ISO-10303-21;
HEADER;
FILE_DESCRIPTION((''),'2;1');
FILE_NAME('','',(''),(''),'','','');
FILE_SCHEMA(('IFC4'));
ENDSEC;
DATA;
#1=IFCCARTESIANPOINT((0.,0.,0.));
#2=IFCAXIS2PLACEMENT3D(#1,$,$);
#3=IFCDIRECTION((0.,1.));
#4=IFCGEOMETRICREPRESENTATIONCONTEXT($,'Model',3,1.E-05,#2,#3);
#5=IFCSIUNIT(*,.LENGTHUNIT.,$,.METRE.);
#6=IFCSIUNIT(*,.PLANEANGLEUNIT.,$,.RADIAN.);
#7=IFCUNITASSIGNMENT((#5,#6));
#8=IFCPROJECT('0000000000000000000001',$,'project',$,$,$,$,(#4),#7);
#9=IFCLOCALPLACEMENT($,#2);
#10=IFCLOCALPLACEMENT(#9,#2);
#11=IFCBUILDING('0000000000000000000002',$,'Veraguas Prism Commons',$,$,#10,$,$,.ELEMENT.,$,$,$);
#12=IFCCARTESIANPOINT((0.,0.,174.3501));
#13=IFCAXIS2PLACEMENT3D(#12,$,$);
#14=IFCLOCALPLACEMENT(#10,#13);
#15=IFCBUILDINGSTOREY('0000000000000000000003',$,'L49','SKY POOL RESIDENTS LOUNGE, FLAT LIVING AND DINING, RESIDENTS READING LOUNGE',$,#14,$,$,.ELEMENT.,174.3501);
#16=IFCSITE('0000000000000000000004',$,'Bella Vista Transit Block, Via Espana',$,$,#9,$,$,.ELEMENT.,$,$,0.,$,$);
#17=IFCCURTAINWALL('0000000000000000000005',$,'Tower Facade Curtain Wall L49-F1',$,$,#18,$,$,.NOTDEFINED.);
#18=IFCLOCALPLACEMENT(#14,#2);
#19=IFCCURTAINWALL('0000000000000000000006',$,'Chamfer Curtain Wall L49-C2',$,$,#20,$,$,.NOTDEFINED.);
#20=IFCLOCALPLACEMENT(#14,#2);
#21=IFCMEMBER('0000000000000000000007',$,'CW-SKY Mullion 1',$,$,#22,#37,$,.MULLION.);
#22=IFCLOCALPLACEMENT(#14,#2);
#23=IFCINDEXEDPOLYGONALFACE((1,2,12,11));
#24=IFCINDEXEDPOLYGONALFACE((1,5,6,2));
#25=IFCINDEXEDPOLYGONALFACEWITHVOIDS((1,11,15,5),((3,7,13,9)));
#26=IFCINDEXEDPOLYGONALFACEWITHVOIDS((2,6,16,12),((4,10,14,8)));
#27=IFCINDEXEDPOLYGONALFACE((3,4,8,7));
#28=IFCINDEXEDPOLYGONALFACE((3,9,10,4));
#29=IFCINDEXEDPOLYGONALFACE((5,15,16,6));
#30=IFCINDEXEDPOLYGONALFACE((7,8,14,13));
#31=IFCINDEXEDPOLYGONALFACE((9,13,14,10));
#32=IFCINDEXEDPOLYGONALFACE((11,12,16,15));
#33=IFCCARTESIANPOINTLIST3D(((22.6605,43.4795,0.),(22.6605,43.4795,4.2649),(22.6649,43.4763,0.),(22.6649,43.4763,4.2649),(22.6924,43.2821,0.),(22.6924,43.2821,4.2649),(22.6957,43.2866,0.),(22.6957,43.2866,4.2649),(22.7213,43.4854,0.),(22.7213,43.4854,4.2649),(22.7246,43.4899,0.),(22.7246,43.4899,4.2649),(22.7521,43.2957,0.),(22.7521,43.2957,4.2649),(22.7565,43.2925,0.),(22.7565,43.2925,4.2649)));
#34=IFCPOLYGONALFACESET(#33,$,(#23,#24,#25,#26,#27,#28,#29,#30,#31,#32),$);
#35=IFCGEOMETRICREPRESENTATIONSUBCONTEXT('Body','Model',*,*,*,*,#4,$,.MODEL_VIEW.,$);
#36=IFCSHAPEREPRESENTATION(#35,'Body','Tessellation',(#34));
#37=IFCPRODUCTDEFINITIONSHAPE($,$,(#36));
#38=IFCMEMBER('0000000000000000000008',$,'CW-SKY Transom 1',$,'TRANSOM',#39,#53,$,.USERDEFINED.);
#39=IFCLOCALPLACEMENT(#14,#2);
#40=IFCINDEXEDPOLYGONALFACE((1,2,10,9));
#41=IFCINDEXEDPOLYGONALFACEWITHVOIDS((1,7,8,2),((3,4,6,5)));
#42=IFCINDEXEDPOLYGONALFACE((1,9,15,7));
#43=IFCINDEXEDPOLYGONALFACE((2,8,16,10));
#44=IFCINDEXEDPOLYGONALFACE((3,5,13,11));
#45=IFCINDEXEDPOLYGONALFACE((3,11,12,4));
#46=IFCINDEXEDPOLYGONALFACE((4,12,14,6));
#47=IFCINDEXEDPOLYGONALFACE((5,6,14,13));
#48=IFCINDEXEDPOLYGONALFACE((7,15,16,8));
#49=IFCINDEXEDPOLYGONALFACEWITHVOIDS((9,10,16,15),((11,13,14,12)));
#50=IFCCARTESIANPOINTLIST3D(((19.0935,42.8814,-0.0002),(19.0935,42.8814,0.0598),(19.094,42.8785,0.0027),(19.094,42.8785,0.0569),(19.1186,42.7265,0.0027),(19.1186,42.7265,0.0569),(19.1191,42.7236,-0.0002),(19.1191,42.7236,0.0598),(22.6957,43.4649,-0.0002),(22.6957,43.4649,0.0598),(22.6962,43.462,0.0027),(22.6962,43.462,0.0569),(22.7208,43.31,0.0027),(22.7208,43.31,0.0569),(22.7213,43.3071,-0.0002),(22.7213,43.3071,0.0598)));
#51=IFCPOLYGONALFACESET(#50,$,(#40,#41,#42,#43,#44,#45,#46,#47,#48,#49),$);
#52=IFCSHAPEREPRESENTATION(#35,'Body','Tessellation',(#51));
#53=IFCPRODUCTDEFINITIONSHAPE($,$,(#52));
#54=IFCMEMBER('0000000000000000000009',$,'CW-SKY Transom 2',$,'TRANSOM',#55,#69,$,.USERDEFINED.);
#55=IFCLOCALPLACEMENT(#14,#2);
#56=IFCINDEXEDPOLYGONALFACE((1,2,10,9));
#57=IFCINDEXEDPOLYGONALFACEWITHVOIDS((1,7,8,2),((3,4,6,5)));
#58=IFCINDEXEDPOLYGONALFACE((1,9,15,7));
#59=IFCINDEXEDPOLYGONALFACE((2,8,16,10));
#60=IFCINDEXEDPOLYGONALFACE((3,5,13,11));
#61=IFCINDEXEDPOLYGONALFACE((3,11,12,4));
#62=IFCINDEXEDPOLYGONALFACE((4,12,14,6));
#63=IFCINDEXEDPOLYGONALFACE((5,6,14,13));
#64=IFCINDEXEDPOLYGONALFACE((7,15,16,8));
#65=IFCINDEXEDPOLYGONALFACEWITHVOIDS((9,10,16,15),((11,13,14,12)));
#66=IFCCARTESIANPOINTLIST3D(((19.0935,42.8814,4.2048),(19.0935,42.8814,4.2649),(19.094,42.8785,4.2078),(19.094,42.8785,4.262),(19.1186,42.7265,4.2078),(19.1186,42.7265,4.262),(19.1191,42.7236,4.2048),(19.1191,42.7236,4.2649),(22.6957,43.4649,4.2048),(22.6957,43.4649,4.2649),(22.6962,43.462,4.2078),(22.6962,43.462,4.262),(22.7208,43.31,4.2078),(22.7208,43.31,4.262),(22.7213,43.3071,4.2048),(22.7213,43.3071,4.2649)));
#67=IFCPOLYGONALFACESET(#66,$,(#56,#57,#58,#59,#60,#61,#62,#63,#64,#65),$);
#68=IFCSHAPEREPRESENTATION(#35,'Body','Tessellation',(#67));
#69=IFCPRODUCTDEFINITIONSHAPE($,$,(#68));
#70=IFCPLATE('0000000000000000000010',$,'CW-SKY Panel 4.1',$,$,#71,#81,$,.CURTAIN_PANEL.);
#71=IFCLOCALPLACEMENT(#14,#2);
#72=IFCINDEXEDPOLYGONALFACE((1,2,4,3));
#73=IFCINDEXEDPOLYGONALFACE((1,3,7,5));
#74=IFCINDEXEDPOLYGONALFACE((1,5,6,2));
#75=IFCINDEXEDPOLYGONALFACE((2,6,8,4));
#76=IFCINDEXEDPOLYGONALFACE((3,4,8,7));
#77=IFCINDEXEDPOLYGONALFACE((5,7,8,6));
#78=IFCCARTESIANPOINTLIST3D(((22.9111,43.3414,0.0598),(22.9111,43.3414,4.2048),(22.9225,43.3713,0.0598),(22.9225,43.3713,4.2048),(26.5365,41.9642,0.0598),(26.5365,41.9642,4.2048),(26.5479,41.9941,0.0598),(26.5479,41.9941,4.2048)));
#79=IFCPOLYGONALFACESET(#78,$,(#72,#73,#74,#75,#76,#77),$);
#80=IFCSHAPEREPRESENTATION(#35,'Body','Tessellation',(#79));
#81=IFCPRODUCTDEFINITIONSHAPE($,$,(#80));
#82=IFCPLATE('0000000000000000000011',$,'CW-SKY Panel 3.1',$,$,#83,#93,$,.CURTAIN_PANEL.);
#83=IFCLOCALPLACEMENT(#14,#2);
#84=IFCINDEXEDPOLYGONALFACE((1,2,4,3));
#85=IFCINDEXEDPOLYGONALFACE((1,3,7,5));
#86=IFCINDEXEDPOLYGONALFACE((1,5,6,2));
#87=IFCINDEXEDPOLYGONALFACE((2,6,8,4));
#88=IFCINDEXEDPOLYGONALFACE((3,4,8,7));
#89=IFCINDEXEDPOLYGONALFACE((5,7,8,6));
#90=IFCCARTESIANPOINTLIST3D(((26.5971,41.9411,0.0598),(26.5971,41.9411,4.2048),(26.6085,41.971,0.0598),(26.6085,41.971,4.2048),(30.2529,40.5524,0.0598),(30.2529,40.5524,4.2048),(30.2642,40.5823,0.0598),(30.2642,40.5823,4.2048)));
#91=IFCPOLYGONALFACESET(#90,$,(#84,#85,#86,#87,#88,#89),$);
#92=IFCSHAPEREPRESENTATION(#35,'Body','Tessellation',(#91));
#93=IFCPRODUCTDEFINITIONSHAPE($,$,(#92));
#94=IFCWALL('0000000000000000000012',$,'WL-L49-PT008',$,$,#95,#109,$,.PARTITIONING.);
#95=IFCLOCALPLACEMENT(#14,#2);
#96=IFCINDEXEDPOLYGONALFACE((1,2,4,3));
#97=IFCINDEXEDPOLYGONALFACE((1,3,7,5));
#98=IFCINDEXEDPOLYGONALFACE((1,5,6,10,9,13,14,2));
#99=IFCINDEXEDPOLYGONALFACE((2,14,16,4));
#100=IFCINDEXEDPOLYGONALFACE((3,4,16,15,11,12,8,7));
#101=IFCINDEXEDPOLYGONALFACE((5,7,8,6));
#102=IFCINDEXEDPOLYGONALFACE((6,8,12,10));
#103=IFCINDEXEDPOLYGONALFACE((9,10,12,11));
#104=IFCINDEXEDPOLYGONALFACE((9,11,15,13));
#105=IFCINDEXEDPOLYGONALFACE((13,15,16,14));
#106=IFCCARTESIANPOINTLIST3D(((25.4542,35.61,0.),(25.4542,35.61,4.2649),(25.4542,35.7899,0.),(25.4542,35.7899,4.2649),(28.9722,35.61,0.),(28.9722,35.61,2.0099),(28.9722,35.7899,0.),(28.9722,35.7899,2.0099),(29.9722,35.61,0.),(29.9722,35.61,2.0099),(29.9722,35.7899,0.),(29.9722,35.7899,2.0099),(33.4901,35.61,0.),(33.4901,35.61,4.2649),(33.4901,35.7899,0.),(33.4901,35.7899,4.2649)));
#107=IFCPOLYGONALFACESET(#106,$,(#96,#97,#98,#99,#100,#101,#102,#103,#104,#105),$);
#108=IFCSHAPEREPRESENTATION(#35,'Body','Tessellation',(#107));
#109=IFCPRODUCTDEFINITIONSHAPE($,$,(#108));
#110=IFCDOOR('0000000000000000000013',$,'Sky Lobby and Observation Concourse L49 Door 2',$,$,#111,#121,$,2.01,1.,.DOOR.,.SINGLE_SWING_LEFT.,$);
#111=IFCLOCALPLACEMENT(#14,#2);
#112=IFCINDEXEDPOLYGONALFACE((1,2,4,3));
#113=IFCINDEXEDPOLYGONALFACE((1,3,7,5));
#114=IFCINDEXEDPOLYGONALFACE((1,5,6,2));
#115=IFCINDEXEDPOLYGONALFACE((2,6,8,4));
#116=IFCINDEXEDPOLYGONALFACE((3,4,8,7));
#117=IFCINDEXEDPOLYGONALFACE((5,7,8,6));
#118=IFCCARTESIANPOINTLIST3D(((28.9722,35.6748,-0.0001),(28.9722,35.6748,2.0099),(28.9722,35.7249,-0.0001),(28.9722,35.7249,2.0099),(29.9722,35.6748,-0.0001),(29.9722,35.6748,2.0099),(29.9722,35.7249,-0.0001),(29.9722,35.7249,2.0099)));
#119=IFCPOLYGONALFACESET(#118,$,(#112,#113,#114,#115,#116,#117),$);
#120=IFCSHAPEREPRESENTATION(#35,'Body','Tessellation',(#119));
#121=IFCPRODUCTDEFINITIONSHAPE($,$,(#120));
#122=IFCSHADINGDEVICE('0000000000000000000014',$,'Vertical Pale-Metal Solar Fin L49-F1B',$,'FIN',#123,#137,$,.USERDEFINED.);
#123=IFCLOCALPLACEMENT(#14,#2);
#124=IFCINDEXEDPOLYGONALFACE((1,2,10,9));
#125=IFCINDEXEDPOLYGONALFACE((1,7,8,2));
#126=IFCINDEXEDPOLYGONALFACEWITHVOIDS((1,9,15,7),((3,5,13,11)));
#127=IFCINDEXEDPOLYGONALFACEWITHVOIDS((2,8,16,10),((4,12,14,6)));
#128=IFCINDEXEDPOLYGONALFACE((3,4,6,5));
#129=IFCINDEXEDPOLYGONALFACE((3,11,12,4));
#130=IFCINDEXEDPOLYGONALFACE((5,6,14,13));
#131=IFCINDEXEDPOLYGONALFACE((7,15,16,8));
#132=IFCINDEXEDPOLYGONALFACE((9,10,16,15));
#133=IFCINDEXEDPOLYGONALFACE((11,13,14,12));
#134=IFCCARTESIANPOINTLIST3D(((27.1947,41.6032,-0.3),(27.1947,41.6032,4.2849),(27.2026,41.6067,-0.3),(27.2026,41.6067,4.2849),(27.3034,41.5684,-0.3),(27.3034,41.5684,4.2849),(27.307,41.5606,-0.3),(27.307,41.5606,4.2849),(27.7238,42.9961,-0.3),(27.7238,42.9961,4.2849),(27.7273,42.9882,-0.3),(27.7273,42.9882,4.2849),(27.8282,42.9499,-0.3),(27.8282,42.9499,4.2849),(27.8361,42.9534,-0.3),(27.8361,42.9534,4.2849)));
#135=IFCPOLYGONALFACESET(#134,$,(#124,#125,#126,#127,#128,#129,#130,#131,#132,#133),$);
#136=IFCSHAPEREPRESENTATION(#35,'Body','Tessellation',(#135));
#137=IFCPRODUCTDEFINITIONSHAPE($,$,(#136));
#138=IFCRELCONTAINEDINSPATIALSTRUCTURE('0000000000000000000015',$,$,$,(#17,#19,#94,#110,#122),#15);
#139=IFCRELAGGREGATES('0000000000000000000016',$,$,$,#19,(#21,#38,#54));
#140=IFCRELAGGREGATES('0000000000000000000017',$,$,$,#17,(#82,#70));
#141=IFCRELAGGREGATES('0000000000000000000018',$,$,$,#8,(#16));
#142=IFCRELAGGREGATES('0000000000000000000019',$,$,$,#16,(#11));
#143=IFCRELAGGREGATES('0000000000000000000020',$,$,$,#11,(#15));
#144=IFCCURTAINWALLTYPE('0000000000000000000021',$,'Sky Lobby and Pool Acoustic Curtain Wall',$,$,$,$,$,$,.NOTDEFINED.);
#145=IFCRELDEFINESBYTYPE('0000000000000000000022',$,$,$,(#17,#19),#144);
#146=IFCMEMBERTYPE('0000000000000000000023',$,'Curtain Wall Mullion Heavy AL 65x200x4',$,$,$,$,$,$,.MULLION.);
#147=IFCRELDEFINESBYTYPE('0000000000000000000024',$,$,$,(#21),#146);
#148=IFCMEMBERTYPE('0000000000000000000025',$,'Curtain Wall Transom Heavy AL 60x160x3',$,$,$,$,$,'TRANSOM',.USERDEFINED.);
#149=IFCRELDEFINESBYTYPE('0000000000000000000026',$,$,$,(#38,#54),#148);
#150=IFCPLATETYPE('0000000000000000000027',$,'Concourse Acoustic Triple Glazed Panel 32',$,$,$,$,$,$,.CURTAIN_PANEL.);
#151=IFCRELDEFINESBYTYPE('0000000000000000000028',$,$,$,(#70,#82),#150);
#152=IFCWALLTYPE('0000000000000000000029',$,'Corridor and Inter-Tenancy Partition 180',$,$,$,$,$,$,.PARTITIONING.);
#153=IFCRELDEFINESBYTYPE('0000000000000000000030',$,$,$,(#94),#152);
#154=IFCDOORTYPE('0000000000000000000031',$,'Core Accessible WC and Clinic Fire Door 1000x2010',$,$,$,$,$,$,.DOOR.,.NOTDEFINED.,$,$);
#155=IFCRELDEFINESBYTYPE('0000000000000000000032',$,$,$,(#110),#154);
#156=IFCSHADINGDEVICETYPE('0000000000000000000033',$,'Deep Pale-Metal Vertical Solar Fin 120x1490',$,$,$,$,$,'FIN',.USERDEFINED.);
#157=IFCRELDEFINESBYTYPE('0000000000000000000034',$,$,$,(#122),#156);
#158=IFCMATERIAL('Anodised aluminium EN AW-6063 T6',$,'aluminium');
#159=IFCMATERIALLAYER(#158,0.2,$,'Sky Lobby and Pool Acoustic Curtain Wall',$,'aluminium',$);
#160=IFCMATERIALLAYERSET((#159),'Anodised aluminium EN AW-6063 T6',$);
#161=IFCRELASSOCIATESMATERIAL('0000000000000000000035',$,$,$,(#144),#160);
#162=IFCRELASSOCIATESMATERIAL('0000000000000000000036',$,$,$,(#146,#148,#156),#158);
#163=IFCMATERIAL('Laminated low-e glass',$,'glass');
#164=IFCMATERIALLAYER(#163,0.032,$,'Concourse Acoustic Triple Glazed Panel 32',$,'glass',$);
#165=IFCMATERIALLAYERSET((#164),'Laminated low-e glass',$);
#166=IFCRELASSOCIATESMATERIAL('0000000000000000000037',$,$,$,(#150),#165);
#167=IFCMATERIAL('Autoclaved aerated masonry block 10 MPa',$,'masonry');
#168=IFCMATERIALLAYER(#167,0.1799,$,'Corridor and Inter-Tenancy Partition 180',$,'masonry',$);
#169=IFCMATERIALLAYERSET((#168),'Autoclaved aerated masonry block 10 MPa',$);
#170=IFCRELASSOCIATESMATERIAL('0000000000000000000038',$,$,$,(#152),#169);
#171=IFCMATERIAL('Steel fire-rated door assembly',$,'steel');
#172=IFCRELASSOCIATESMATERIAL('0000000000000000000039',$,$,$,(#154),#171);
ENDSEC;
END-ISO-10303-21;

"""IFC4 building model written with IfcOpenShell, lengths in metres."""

from ifc_helpers import new_model, si_unit, direction, frame, frame_2d, origin, origin_2d, place, context, subcontext, project, spatial, rectangle, hollow_rectangle, extrude, source, transform, mapped, material, layer, layer_set, material_profile, profile_set, type_object, element, fill, aggregate, save


model = new_model("IFC4")

# Units and contexts
model_context = context("Model", 3, precision=1e-05, world=origin(), true_north=direction((0.0, 1.0)))
body_context = subcontext(model_context, "Body", "Model", "MODEL_VIEW")
ifc_project = project(units=[si_unit("LENGTHUNIT", "METRE"), si_unit("PLANEANGLEUNIT", "RADIAN")], contexts=[model_context])

# Site, building, storey
site_placement = place(None, origin())
site = spatial("IfcSite", under=ifc_project, at=site_placement, Name="Bella Vista Transit Block, Via Espana", CompositionType="ELEMENT", RefElevation=0.0)
building_placement = place(site_placement, origin())
building = spatial("IfcBuilding", under=site, at=building_placement, Name="Veraguas Prism Commons", CompositionType="ELEMENT")
storey_placement = place(building_placement, frame((0.0, 0.0, 174.3501)))
storey = spatial("IfcBuildingStorey", under=building, at=storey_placement, Name="L49", Description="SKY POOL RESIDENTS LOUNGE, FLAT LIVING AND DINING, RESIDENTS READING LOUNGE", CompositionType="ELEMENT", Elevation=174.3501)

# Curtain walls, members
ifc_material_1 = material(Name="Anodised aluminium EN AW-6063 T6", Category="aluminium")
ifc_layer_1 = layer(ifc_material_1, 0.2, Name="Sky Lobby and Pool Acoustic Curtain Wall", Category="aluminium")
ifc_layer_set_1 = layer_set([ifc_layer_1], Name="Anodised aluminium EN AW-6063 T6")
curtain_wall_type = type_object("IfcCurtainWallType", Name="Sky Lobby and Pool Acoustic Curtain Wall", PredefinedType="NOTDEFINED", material=ifc_layer_set_1)
curtain_wall_1_placement = place(storey_placement, origin())
curtain_wall_1 = element("IfcCurtainWall", 1, at=curtain_wall_1_placement, inside=storey, type_object=curtain_wall_type, Name="Tower Facade Curtain Wall L49-F1", PredefinedType="NOTDEFINED")
ifc_material_profile_1 = material_profile(ifc_material_1, hollow_rectangle(XDim=0.0649, YDim=0.2, WallThickness=0.0039, at=origin_2d()), Name="AL65X200X4")
ifc_profile_set_1 = profile_set([ifc_material_profile_1], Name="Anodised aluminium EN AW-6063 T6")
member_type_1 = type_object("IfcMemberType", Name="Curtain Wall Mullion Heavy AL 65x200x4", PredefinedType="MULLION", material=ifc_profile_set_1)
shared_shape_1 = source(origin(), body_context, "Body", "SweptSolid", [
    extrude(hollow_rectangle(XDim=0.0649, YDim=0.2, WallThickness=0.0039, at=origin_2d()), origin(), (0.0, 0.0, 1.0), 4.2649),
])
curtain_wall_2_placement = place(storey_placement, origin())
curtain_wall_2 = element("IfcCurtainWall", 2, at=curtain_wall_2_placement, inside=storey, type_object=curtain_wall_type, Name="Chamfer Curtain Wall L49-C2", PredefinedType="NOTDEFINED")
member_1_placement = place(storey_placement, frame((22.7085, 43.386, 0.0), z_axis=(0.0, 0.0, 1.0), x_axis=(-0.987139, -0.159866, 0.0)))
member_1 = element("IfcMember", 3, at=member_1_placement, type_object=member_type_1, Name="CW-SKY Mullion 1", PredefinedType="MULLION", context=body_context, shape_type="MappedRepresentation", body=[
    mapped(shared_shape_1, transform((0.0, 0.0, 0.0), scale=1.0)),
])
ifc_material_profile_2 = material_profile(ifc_material_1, hollow_rectangle(XDim=0.0601, YDim=0.1599, WallThickness=0.0029, at=origin_2d()), Name="AL60X160X3")
ifc_profile_set_2 = profile_set([ifc_material_profile_2], Name="Anodised aluminium EN AW-6063 T6")
member_type_2 = type_object("IfcMemberType", Name="Curtain Wall Transom Heavy AL 60x160x3", ElementType="TRANSOM", PredefinedType="USERDEFINED", material=ifc_profile_set_2)
shared_shape_2 = source(origin(), body_context, "Body", "SweptSolid", [
    extrude(hollow_rectangle(XDim=0.0601, YDim=0.1599, WallThickness=0.0029, at=origin_2d()), origin(), (0.0, 0.0, 1.0), 3.6492),
])
member_2_placement = place(storey_placement, frame((22.7085, 43.386, 0.0298), z_axis=(-0.987134, -0.159895, 0.0), x_axis=(0.0, 0.0, 1.0)))
member_2 = element("IfcMember", 4, at=member_2_placement, type_object=member_type_2, Name="CW-SKY Transom 1", ObjectType="TRANSOM", PredefinedType="USERDEFINED", context=body_context, shape_type="MappedRepresentation", body=[
    mapped(shared_shape_2, transform((0.0, 0.0, 0.0), scale=1.0)),
])
member_3_placement = place(storey_placement, frame((22.7085, 43.386, 4.2349), z_axis=(-0.987134, -0.159895, 0.0), x_axis=(0.0, 0.0, 1.0)))
member_3 = element("IfcMember", 5, at=member_3_placement, type_object=member_type_2, Name="CW-SKY Transom 2", ObjectType="TRANSOM", PredefinedType="USERDEFINED", context=body_context, shape_type="MappedRepresentation", body=[
    mapped(shared_shape_2, transform((0.0, 0.0, 0.0), scale=1.0)),
])
aggregate(curtain_wall_2, [member_1, member_2, member_3])

# Plates
ifc_material_2 = material(Name="Laminated low-e glass", Category="glass")
ifc_layer_2 = layer(ifc_material_2, 0.032, Name="Concourse Acoustic Triple Glazed Panel 32", Category="glass")
ifc_layer_set_2 = layer_set([ifc_layer_2], Name="Laminated low-e glass")
plate_type = type_object("IfcPlateType", Name="Concourse Acoustic Triple Glazed Panel 32", PredefinedType="CURTAIN_PANEL", material=ifc_layer_set_2)
shared_shape_3 = source(origin(), body_context, "Body", "SweptSolid", [
    extrude(rectangle(XDim=3.8782, YDim=0.032, at=origin_2d()), origin(), (0.0, 0.0, 1.0), 4.145),
])
plate_1_placement = place(storey_placement, frame((24.7295, 42.6677, 0.0598), z_axis=(0.0, 0.0, 1.0), x_axis=(-0.934825, 0.355109, 0.0)))
plate_1 = element("IfcPlate", 6, at=plate_1_placement, type_object=plate_type, Name="CW-SKY Panel 4.1", PredefinedType="CURTAIN_PANEL", context=body_context, shape_type="MappedRepresentation", body=[
    mapped(shared_shape_3, transform((0.0, 0.0, 0.0), scale=1.0)),
])
shared_shape_4 = source(origin(), body_context, "Body", "SweptSolid", [
    extrude(rectangle(XDim=3.9106, YDim=0.032, at=origin_2d()), origin(), (0.0, 0.0, 1.0), 4.145),
])
plate_2_placement = place(storey_placement, frame((28.4307, 41.2617, 0.0598), z_axis=(0.0, 0.0, 1.0), x_axis=(-0.934825, 0.355109, 0.0)))
plate_2 = element("IfcPlate", 7, at=plate_2_placement, type_object=plate_type, Name="CW-SKY Panel 3.1", PredefinedType="CURTAIN_PANEL", context=body_context, shape_type="MappedRepresentation", body=[
    mapped(shared_shape_4, transform((0.0, 0.0, 0.0), scale=1.0)),
])
aggregate(curtain_wall_1, [plate_2, plate_1])

# Wall, opening, door
ifc_material_3 = material(Name="Autoclaved aerated masonry block 10 MPa", Category="masonry")
ifc_layer_3 = layer(ifc_material_3, 0.1799, Name="Corridor and Inter-Tenancy Partition 180", Category="masonry")
ifc_layer_set_3 = layer_set([ifc_layer_3], Name="Autoclaved aerated masonry block 10 MPa")
wall_type = type_object("IfcWallType", Name="Corridor and Inter-Tenancy Partition 180", PredefinedType="PARTITIONING", material=ifc_layer_set_3)
wall_placement = place(storey_placement, frame((25.4541, 35.7, 0.0), z_axis=(0.0, 0.0, 1.0), x_axis=(1.0, 0.0, 0.0)))
wall = element("IfcWall", 8, at=wall_placement, inside=storey, type_object=wall_type, Name="WL-L49-PT008", PredefinedType="PARTITIONING", context=body_context, shape_type="SweptSolid", body=[
    extrude(rectangle(XDim=8.0359, YDim=0.1799, at=frame_2d((4.0181, 0.0))), origin(), (0.0, 0.0, 1.0), 4.2649),
])
opening_placement = place(wall_placement, frame((3.5181, 0.0, 0.0)))
opening = element("IfcOpeningElement", 9, at=opening_placement, cuts=wall, PredefinedType="OPENING", context=body_context, shape_type="SweptSolid", body=[
    extrude(rectangle(XDim=1.0, YDim=2.01, at=frame_2d((0.5, 1.0049))), frame((0.0, 0.0999, 0.0), z_axis=(0.0, -1.0, 0.0), x_axis=(1.0, 0.0, 0.0)), (0.0, 0.0, 1.0), 0.2),
])
ifc_material_4 = material(Name="Steel fire-rated door assembly", Category="steel")
door_type = type_object("IfcDoorType", Name="Core Accessible WC and Clinic Fire Door 1000x2010", OperationType="NOTDEFINED", PredefinedType="DOOR", material=ifc_material_4)
shared_shape_5 = source(origin(), body_context, "Body", "SweptSolid", [
    extrude(rectangle(XDim=1.0, YDim=2.01, at=frame_2d((0.5, 1.0049))), frame((0.0, 0.0249, 0.0), z_axis=(0.0, -1.0, 0.0), x_axis=(1.0, 0.0, 0.0)), (0.0, 0.0, 1.0), 0.05),
])
door_placement = place(opening_placement, origin())
door = element("IfcDoor", 10, at=door_placement, inside=storey, type_object=door_type, Name="Sky Lobby and Observation Concourse L49 Door 2", OperationType="SINGLE_SWING_LEFT", OverallHeight=2.01, OverallWidth=1.0, PredefinedType="DOOR", context=body_context, shape_type="MappedRepresentation", body=[
    mapped(shared_shape_5, transform((0.0, 0.0, 0.0), scale=1.0)),
])
fill(opening, door)

# Shading device
ifc_material_profile_3 = material_profile(ifc_material_1, hollow_rectangle(XDim=0.1201, YDim=1.49, WallThickness=0.0061, at=origin_2d()), Name="FIN120X1490X6")
ifc_profile_set_3 = profile_set([ifc_material_profile_3], Name="Anodised aluminium EN AW-6063 T6")
shading_device_type = type_object("IfcShadingDeviceType", Name="Deep Pale-Metal Vertical Solar Fin 120x1490", ElementType="FIN", PredefinedType="USERDEFINED", material=ifc_profile_set_3)
shading_device_placement = place(storey_placement, frame((27.5154, 42.2783, -0.3), z_axis=(0.0, 0.0, 1.0), x_axis=(-0.934825, 0.355109, 0.0)))
element("IfcShadingDevice", 11, at=shading_device_placement, inside=storey, type_object=shading_device_type, Name="Vertical Pale-Metal Solar Fin L49-F1B", ObjectType="FIN", PredefinedType="USERDEFINED", context=body_context, shape_type="SweptSolid", body=[
    extrude(hollow_rectangle(XDim=0.1201, YDim=1.49, WallThickness=0.0061, at=origin_2d()), origin(), (0.0, 0.0, 1.0), 4.585),
])

save(model, "model.ifc")
